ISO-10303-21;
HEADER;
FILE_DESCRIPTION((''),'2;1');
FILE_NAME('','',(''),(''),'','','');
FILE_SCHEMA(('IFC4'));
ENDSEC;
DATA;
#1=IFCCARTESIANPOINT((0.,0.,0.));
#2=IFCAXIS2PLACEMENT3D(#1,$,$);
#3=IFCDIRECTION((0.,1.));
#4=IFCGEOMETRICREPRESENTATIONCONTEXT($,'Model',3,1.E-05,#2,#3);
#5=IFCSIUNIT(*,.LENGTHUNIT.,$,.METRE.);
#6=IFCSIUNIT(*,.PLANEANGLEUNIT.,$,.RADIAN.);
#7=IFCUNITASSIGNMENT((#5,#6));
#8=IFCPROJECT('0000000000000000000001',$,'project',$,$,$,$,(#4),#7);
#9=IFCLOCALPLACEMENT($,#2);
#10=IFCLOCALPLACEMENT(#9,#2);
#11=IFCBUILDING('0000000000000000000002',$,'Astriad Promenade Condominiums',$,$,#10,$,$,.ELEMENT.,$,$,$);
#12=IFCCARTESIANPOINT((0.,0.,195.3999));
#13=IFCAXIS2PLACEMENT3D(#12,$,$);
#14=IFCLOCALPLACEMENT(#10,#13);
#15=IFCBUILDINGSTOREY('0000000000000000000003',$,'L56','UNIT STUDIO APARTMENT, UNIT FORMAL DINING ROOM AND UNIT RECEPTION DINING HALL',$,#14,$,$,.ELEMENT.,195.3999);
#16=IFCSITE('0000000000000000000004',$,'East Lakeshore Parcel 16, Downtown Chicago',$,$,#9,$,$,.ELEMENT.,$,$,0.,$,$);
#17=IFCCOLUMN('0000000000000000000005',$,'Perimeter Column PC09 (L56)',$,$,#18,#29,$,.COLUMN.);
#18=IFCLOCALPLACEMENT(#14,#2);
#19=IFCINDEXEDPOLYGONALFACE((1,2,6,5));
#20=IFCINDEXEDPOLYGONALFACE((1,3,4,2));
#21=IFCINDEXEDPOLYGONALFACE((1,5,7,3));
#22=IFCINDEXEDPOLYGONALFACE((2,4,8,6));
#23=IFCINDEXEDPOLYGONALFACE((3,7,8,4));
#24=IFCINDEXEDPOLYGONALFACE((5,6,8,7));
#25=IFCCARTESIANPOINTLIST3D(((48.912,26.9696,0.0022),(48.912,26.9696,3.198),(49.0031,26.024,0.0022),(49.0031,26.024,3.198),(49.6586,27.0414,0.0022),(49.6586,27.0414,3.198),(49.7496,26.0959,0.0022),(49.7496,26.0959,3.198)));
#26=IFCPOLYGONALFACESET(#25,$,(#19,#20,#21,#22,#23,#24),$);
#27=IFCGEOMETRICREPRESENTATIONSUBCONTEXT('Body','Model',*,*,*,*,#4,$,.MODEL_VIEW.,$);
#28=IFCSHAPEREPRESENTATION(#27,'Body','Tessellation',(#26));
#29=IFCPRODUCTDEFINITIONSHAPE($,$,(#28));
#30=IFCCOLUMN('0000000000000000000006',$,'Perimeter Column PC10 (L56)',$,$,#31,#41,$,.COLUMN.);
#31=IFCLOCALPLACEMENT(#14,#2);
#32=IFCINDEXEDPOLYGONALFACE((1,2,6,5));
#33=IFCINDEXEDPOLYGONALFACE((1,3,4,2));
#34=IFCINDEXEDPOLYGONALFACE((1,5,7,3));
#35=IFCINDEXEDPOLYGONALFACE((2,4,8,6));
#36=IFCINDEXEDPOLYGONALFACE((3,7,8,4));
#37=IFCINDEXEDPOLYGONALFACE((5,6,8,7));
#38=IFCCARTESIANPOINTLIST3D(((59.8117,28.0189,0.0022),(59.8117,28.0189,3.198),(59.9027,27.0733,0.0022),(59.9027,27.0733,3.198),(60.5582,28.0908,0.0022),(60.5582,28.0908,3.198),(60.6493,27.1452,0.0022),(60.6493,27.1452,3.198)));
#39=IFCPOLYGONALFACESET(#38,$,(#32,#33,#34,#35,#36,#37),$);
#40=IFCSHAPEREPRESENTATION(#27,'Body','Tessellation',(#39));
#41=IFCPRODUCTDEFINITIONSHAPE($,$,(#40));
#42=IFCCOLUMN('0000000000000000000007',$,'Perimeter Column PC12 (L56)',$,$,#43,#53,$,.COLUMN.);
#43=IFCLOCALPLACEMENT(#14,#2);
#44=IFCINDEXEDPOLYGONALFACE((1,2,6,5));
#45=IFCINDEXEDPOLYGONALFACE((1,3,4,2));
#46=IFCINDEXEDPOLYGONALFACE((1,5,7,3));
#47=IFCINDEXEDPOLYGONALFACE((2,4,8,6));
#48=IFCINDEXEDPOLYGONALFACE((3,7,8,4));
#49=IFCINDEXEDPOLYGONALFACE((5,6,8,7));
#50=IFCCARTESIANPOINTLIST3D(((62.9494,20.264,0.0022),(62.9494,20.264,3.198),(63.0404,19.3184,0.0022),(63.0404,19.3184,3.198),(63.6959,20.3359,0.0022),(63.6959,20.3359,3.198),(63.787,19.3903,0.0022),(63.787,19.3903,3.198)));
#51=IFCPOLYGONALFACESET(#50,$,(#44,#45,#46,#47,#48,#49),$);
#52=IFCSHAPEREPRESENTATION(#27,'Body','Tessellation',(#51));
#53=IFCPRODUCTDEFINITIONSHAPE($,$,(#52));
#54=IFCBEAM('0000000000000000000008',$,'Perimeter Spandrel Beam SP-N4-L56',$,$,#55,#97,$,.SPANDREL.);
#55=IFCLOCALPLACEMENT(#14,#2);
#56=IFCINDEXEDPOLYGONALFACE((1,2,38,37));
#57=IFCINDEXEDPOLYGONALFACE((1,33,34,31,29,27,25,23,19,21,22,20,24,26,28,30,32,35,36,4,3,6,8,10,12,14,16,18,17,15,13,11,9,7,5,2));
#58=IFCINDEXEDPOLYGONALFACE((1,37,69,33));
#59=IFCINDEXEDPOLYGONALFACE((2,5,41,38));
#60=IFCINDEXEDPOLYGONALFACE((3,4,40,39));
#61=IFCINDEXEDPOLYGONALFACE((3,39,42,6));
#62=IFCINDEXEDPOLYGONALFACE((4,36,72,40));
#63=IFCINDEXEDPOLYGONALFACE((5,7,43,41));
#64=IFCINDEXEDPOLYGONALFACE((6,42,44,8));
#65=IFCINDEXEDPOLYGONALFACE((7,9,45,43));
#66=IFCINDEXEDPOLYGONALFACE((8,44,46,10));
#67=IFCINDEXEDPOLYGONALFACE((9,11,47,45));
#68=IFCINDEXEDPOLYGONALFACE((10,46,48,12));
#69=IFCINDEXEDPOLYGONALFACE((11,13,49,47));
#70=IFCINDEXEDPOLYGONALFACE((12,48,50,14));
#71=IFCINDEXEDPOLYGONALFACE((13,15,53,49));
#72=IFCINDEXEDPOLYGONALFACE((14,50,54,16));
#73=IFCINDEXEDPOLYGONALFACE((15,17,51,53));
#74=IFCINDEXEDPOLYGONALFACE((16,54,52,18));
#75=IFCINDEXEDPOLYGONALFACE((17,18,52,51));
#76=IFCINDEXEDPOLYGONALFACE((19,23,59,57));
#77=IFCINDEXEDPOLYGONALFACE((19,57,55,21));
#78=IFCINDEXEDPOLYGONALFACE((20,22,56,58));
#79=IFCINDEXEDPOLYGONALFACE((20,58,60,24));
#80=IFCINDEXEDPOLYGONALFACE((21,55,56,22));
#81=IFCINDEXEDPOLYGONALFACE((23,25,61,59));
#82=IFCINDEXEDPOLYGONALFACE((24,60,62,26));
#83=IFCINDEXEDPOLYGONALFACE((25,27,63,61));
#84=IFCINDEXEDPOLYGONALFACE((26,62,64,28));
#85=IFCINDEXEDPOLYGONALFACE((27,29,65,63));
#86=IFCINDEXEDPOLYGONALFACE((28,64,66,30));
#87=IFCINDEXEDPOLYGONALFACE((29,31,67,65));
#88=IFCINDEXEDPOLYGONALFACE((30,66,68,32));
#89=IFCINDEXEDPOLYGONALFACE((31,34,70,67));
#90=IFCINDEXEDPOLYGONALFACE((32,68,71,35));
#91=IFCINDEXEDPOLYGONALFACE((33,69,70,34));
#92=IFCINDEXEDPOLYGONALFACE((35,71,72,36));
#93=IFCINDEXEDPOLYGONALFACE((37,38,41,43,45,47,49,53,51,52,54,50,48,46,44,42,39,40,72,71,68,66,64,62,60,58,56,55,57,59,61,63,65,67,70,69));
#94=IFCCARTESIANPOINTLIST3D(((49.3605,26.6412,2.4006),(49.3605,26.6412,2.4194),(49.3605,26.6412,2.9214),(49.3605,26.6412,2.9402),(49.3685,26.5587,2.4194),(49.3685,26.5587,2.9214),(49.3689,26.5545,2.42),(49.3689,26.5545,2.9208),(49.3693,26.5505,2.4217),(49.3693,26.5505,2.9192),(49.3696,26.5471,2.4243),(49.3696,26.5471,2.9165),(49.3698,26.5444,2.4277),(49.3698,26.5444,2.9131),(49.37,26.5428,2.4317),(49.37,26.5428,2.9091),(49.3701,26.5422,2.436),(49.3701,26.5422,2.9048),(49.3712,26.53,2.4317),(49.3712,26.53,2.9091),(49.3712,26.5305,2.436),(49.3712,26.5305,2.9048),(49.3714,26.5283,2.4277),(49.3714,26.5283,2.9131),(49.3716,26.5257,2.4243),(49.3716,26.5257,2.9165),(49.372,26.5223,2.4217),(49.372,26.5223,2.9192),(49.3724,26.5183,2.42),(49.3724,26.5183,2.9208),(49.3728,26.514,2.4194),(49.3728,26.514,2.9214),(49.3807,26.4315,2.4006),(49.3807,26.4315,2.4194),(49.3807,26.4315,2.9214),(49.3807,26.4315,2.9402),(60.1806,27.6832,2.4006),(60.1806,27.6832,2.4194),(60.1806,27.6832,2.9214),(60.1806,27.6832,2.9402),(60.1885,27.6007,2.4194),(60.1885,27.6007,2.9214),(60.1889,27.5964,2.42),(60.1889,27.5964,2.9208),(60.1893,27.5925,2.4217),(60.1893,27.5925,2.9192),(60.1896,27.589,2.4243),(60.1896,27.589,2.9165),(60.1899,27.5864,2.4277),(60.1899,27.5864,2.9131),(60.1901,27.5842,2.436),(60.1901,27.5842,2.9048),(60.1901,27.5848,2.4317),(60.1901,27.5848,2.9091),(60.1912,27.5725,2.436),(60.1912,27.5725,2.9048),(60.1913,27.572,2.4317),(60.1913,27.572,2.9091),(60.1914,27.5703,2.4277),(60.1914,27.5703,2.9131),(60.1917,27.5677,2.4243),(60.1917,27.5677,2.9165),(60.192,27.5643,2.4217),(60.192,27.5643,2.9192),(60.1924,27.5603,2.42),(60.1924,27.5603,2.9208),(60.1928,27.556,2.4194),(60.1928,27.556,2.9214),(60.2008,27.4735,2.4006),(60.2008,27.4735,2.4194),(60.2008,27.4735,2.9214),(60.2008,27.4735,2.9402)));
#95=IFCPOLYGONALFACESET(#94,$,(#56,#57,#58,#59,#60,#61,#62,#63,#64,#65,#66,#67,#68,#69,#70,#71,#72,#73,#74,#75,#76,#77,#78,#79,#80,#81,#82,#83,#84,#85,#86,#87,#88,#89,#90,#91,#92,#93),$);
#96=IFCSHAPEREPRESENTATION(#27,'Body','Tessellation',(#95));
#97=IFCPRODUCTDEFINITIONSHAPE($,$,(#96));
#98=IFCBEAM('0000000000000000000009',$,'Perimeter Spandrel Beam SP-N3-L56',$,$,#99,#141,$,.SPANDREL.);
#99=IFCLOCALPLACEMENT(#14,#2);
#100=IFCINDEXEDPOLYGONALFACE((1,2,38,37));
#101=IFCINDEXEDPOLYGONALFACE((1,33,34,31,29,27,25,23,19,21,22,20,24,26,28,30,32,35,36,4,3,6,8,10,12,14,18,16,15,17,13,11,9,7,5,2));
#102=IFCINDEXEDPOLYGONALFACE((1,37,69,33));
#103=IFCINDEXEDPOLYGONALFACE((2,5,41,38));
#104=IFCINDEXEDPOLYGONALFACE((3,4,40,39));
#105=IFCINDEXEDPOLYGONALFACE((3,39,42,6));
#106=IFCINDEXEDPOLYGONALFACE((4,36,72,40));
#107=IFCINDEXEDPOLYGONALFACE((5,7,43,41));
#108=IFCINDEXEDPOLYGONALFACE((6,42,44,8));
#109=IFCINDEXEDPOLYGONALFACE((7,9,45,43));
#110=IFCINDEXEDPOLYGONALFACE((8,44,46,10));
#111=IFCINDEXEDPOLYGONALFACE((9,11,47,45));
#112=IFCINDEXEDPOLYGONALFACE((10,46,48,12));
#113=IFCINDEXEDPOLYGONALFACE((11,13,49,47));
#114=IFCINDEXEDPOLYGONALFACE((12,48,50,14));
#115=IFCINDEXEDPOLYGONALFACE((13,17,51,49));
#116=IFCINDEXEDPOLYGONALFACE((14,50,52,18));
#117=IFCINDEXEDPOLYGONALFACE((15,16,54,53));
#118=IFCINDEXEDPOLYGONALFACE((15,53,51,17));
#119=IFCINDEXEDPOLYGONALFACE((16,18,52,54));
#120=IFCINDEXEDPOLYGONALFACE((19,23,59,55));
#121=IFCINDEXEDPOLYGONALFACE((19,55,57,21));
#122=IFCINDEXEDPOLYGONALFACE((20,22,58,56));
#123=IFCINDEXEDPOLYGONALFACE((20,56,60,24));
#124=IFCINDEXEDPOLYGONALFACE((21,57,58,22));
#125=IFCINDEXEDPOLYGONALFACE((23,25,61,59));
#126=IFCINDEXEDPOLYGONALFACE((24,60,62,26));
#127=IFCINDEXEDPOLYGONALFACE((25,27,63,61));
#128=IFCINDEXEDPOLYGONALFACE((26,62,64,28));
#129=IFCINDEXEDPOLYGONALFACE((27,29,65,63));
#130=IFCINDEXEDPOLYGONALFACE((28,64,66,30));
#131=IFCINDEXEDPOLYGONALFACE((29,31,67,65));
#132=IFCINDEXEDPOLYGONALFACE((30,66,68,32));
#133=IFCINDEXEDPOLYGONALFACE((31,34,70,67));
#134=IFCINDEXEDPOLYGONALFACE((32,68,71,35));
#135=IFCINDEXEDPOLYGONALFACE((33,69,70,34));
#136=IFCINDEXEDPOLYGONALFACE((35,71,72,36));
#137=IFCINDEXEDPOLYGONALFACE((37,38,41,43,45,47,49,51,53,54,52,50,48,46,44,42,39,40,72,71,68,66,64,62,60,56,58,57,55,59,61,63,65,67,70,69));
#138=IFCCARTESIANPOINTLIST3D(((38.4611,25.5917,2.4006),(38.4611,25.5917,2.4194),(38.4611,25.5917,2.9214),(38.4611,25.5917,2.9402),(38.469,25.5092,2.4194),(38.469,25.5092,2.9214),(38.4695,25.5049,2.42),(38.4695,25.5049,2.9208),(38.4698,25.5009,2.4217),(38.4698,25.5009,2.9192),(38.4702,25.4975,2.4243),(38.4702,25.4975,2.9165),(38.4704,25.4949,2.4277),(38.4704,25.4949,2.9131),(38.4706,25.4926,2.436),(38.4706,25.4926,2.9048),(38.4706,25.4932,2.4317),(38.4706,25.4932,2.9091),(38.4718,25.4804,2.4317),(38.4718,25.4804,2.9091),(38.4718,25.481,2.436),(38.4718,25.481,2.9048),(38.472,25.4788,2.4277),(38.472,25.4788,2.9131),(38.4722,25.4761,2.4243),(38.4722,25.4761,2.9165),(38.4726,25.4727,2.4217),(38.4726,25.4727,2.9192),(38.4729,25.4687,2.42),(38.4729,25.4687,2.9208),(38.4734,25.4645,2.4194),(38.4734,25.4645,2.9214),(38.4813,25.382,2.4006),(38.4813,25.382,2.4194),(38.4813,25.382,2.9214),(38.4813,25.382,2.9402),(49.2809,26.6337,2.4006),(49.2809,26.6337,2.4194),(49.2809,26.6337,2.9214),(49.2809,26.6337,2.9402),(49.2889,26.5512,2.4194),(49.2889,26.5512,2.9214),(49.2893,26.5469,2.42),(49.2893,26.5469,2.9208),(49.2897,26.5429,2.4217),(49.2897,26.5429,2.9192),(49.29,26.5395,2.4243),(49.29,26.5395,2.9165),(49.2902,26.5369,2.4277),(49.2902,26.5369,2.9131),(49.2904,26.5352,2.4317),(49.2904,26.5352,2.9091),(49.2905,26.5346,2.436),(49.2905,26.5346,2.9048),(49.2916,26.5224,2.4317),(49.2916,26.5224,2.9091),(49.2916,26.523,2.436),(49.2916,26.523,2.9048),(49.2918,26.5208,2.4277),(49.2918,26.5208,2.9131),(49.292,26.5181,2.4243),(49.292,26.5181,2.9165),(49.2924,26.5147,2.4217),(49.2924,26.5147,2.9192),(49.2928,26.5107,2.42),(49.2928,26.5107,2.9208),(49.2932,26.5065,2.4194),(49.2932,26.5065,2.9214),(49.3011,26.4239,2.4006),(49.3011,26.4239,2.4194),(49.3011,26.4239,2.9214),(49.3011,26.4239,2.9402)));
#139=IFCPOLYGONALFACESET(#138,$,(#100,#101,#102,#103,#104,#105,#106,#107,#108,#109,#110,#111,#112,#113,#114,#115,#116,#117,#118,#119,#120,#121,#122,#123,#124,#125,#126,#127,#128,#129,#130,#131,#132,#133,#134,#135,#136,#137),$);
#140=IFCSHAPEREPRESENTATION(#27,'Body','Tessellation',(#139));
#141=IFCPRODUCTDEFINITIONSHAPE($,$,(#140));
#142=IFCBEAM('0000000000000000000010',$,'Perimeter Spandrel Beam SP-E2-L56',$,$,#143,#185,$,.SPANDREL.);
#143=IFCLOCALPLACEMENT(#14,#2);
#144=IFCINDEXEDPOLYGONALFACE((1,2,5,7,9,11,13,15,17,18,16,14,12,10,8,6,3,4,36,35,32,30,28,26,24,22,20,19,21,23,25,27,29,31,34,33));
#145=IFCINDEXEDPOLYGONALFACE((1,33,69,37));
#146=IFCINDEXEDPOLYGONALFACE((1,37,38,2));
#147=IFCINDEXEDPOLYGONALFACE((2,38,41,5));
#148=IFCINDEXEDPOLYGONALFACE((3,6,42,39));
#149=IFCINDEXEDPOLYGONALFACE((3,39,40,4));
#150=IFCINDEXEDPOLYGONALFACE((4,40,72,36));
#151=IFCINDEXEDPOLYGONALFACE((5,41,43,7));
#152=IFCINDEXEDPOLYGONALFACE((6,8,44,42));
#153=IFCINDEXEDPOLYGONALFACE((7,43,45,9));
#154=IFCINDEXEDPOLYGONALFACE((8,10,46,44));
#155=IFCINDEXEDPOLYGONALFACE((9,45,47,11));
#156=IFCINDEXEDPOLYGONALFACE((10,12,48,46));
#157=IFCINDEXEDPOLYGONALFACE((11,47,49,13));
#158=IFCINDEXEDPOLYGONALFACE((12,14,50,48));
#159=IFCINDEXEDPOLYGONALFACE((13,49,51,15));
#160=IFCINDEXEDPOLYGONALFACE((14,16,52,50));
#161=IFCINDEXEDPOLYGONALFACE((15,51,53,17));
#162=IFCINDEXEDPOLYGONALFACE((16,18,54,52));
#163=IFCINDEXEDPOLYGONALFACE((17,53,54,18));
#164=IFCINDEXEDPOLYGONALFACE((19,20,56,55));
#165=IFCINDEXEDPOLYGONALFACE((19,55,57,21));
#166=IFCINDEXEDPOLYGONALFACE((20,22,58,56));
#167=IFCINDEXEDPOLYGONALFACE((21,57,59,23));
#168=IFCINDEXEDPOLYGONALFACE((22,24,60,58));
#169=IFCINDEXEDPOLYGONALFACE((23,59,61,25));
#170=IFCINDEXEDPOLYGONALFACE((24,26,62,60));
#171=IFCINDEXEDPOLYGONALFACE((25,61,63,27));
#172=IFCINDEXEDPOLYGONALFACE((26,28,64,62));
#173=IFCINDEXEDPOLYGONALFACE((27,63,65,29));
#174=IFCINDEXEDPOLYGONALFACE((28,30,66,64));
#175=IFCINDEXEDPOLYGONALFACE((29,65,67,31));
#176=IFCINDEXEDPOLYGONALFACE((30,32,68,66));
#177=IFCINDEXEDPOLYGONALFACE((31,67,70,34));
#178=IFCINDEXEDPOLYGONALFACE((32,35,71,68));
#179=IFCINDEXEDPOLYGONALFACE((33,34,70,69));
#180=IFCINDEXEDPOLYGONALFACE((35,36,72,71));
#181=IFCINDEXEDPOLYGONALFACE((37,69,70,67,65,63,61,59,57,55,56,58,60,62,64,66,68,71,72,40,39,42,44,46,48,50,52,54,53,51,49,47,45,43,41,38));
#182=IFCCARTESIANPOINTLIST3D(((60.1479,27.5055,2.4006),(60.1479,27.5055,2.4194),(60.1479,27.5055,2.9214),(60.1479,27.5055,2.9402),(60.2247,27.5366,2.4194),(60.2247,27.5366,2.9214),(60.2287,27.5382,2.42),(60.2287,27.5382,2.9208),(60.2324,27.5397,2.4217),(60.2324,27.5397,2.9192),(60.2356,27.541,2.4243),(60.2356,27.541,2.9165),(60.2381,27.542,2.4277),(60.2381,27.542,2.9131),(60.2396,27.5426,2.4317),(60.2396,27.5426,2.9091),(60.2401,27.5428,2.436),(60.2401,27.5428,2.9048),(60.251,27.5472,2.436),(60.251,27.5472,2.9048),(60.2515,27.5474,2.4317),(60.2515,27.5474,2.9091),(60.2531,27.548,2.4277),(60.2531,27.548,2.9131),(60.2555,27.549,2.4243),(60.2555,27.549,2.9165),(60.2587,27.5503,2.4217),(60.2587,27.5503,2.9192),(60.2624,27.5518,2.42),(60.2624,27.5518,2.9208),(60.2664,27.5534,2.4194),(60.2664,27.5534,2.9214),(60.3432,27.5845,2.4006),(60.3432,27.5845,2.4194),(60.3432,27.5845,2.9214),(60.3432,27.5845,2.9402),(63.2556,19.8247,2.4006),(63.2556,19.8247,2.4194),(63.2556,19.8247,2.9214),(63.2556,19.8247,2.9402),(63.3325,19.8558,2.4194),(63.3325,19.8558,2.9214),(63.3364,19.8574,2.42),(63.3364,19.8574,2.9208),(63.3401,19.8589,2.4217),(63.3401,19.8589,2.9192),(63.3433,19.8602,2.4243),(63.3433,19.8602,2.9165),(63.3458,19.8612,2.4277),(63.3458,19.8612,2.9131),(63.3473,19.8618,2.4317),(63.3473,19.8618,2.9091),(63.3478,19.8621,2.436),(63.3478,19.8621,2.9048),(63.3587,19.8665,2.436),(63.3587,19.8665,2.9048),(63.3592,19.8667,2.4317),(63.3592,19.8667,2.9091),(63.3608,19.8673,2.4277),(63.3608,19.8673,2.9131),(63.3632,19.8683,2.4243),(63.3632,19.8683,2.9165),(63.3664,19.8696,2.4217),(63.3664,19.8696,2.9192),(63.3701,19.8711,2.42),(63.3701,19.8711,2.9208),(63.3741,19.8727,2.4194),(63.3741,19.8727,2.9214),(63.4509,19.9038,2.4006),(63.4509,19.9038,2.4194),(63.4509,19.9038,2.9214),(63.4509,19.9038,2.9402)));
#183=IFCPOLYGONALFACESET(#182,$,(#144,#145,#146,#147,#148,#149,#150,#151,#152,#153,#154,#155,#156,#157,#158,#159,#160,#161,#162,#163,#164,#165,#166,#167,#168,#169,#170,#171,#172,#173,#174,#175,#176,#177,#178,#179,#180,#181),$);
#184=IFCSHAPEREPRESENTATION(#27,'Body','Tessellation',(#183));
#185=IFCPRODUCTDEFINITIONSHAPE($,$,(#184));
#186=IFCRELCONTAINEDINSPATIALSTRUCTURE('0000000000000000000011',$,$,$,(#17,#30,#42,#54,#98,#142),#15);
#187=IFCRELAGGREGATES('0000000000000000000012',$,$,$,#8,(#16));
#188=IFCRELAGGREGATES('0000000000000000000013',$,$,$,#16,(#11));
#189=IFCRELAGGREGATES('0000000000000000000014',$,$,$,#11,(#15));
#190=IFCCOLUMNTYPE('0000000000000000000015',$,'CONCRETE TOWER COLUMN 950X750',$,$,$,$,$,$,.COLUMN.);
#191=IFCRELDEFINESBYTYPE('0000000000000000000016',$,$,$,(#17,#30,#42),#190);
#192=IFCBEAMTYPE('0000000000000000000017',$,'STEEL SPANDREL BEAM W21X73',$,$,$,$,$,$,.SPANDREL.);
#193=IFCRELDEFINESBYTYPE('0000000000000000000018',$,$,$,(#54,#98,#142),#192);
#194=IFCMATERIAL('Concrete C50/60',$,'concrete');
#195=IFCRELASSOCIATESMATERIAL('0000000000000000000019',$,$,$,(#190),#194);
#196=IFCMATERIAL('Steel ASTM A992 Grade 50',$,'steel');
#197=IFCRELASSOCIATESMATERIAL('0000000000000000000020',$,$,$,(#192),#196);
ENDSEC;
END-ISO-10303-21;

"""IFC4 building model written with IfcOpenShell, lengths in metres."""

from ifc_helpers import new_model, si_unit, direction, frame, origin, origin_2d, place, context, subcontext, project, spatial, rectangle, i_section, extrude, source, transform, mapped, material, material_profile, profile_set, type_object, type_shapes, element, save


model = new_model("IFC4")

# Units and contexts
model_context = context("Model", 3, precision=1e-05, world=origin(), true_north=direction((0.0, 1.0)))
body_context = subcontext(model_context, "Body", "Model", "MODEL_VIEW")
ifc_project = project(units=[si_unit("LENGTHUNIT", "METRE"), si_unit("PLANEANGLEUNIT", "RADIAN")], contexts=[model_context])

# Site, building, storey
site_placement = place(None, origin())
site = spatial("IfcSite", under=ifc_project, at=site_placement, Name="East Lakeshore Parcel 16, Downtown Chicago", CompositionType="ELEMENT", RefElevation=0.0)
building_placement = place(site_placement, origin())
building = spatial("IfcBuilding", under=site, at=building_placement, Name="Astriad Promenade Condominiums", CompositionType="ELEMENT")
storey_placement = place(building_placement, frame((0.0, 0.0, 195.3999)))
storey = spatial("IfcBuildingStorey", under=building, at=storey_placement, Name="L56", Description="UNIT STUDIO APARTMENT, UNIT FORMAL DINING ROOM AND UNIT RECEPTION DINING HALL", CompositionType="ELEMENT", Elevation=195.3999)

# Columns
ifc_material_1 = material(Name="Concrete C50/60", Category="concrete")
ifc_material_profile_1 = material_profile(ifc_material_1, rectangle(XDim=0.75, YDim=0.95, at=origin_2d()), Name="RC-COL-950X750")
ifc_profile_set_1 = profile_set([ifc_material_profile_1], Name="Concrete C50/60")
column_type = type_object("IfcColumnType", Name="CONCRETE TOWER COLUMN 950X750", PredefinedType="COLUMN", material=ifc_profile_set_1)
shared_shape_1 = source(origin(), body_context, "Body", "SweptSolid", [
    extrude(rectangle(XDim=0.75, YDim=0.95, at=origin_2d()), origin(), (0.0, 0.0, 1.0), 3.1958),
])
type_shapes(column_type, [shared_shape_1])
for number, where, z_axis, x_axis, name in (
    (1, (49.3308, 26.5327, 0.0022), (0.0, 0.0, 1.0), (0.995396, 0.095846, 0.0), "Perimeter Column PC09 (L56)"),
    (2, (60.2305, 27.582, 0.0022), (0.0, 0.0, 1.0), (0.995396, 0.095846, 0.0), "Perimeter Column PC10 (L56)"),
    (3, (63.3682, 19.8271, 0.0022), (0.0, 0.0, 1.0), (0.995396, 0.095846, 0.0), "Perimeter Column PC12 (L56)"),
):
    element("IfcColumn", number, at=place(storey_placement, frame(where, z_axis=z_axis, x_axis=x_axis)), inside=storey, type_object=column_type, Name=name, PredefinedType="COLUMN", context=body_context, shape_type="MappedRepresentation", body=[
        mapped(shared_shape_1, transform((0.0, 0.0, 0.0), scale=1.0)),
    ])

# Beams
ifc_material_2 = material(Name="Steel ASTM A992 Grade 50", Category="steel")
ifc_material_profile_2 = material_profile(ifc_material_2, i_section(OverallWidth=0.2107, OverallDepth=0.5396, WebThickness=0.0117, FlangeThickness=0.0188, FilletRadius=0.0166, at=origin_2d()), Name="W21X73")
ifc_profile_set_2 = profile_set([ifc_material_profile_2], Name="Steel ASTM A992 Grade 50")
beam_type_1 = type_object("IfcBeamType", Name="STEEL SPANDREL BEAM W21X73", PredefinedType="SPANDREL", material=ifc_profile_set_2)
shared_shape_2 = source(origin(), body_context, "Body", "SweptSolid", [
    extrude(i_section(OverallWidth=0.2107, OverallDepth=0.5396, WebThickness=0.0117, FlangeThickness=0.0188, FilletRadius=0.0166, at=origin_2d()), origin(), (0.0, 0.0, 1.0), 10.8701),
])
beam_1_placement = place(storey_placement, frame((60.1907, 27.5784, 2.6704), z_axis=(-0.995395, -0.095858, 0.0), x_axis=(0.095858, -0.995395, 0.0)))
element("IfcBeam", 4, at=beam_1_placement, inside=storey, type_object=beam_type_1, Name="Perimeter Spandrel Beam SP-N4-L56", PredefinedType="SPANDREL", context=body_context, shape_type="MappedRepresentation", body=[
    mapped(shared_shape_2, transform((0.0, 0.0, 0.0), scale=1.0)),
])
shared_shape_3 = source(origin(), body_context, "Body", "SweptSolid", [
    extrude(i_section(OverallWidth=0.2107, OverallDepth=0.5396, WebThickness=0.0117, FlangeThickness=0.0188, FilletRadius=0.0166, at=origin_2d()), origin(), (0.0, 0.0, 1.0), 10.8699),
])
beam_2_placement = place(storey_placement, frame((49.291, 26.5288, 2.6704), z_axis=(-0.995395, -0.09586, 0.0), x_axis=(0.09586, -0.995395, 0.0)))
element("IfcBeam", 5, at=beam_2_placement, inside=storey, type_object=beam_type_1, Name="Perimeter Spandrel Beam SP-N3-L56", PredefinedType="SPANDREL", context=body_context, shape_type="MappedRepresentation", body=[
    mapped(shared_shape_3, transform((0.0, 0.0, 0.0), scale=1.0)),
])
shared_shape_4 = source(origin(), body_context, "Body", "SweptSolid", [
    extrude(i_section(OverallWidth=0.2107, OverallDepth=0.5396, WebThickness=0.0117, FlangeThickness=0.0188, FilletRadius=0.0166, at=origin_2d()), origin(), (0.0, 0.0, 1.0), 8.2856),
])
type_shapes(beam_type_1, [shared_shape_2, shared_shape_3, shared_shape_4])
beam_3_placement = place(storey_placement, frame((63.3533, 19.8643, 2.6704), z_axis=(-0.375071, 0.926996, 0.0), x_axis=(-0.926996, -0.375071, 0.0)))
element("IfcBeam", 6, at=beam_3_placement, inside=storey, type_object=beam_type_1, Name="Perimeter Spandrel Beam SP-E2-L56", PredefinedType="SPANDREL", context=body_context, shape_type="MappedRepresentation", body=[
    mapped(shared_shape_4, transform((0.0, 0.0, 0.0), scale=1.0)),
])

save(model, "model.ifc")
